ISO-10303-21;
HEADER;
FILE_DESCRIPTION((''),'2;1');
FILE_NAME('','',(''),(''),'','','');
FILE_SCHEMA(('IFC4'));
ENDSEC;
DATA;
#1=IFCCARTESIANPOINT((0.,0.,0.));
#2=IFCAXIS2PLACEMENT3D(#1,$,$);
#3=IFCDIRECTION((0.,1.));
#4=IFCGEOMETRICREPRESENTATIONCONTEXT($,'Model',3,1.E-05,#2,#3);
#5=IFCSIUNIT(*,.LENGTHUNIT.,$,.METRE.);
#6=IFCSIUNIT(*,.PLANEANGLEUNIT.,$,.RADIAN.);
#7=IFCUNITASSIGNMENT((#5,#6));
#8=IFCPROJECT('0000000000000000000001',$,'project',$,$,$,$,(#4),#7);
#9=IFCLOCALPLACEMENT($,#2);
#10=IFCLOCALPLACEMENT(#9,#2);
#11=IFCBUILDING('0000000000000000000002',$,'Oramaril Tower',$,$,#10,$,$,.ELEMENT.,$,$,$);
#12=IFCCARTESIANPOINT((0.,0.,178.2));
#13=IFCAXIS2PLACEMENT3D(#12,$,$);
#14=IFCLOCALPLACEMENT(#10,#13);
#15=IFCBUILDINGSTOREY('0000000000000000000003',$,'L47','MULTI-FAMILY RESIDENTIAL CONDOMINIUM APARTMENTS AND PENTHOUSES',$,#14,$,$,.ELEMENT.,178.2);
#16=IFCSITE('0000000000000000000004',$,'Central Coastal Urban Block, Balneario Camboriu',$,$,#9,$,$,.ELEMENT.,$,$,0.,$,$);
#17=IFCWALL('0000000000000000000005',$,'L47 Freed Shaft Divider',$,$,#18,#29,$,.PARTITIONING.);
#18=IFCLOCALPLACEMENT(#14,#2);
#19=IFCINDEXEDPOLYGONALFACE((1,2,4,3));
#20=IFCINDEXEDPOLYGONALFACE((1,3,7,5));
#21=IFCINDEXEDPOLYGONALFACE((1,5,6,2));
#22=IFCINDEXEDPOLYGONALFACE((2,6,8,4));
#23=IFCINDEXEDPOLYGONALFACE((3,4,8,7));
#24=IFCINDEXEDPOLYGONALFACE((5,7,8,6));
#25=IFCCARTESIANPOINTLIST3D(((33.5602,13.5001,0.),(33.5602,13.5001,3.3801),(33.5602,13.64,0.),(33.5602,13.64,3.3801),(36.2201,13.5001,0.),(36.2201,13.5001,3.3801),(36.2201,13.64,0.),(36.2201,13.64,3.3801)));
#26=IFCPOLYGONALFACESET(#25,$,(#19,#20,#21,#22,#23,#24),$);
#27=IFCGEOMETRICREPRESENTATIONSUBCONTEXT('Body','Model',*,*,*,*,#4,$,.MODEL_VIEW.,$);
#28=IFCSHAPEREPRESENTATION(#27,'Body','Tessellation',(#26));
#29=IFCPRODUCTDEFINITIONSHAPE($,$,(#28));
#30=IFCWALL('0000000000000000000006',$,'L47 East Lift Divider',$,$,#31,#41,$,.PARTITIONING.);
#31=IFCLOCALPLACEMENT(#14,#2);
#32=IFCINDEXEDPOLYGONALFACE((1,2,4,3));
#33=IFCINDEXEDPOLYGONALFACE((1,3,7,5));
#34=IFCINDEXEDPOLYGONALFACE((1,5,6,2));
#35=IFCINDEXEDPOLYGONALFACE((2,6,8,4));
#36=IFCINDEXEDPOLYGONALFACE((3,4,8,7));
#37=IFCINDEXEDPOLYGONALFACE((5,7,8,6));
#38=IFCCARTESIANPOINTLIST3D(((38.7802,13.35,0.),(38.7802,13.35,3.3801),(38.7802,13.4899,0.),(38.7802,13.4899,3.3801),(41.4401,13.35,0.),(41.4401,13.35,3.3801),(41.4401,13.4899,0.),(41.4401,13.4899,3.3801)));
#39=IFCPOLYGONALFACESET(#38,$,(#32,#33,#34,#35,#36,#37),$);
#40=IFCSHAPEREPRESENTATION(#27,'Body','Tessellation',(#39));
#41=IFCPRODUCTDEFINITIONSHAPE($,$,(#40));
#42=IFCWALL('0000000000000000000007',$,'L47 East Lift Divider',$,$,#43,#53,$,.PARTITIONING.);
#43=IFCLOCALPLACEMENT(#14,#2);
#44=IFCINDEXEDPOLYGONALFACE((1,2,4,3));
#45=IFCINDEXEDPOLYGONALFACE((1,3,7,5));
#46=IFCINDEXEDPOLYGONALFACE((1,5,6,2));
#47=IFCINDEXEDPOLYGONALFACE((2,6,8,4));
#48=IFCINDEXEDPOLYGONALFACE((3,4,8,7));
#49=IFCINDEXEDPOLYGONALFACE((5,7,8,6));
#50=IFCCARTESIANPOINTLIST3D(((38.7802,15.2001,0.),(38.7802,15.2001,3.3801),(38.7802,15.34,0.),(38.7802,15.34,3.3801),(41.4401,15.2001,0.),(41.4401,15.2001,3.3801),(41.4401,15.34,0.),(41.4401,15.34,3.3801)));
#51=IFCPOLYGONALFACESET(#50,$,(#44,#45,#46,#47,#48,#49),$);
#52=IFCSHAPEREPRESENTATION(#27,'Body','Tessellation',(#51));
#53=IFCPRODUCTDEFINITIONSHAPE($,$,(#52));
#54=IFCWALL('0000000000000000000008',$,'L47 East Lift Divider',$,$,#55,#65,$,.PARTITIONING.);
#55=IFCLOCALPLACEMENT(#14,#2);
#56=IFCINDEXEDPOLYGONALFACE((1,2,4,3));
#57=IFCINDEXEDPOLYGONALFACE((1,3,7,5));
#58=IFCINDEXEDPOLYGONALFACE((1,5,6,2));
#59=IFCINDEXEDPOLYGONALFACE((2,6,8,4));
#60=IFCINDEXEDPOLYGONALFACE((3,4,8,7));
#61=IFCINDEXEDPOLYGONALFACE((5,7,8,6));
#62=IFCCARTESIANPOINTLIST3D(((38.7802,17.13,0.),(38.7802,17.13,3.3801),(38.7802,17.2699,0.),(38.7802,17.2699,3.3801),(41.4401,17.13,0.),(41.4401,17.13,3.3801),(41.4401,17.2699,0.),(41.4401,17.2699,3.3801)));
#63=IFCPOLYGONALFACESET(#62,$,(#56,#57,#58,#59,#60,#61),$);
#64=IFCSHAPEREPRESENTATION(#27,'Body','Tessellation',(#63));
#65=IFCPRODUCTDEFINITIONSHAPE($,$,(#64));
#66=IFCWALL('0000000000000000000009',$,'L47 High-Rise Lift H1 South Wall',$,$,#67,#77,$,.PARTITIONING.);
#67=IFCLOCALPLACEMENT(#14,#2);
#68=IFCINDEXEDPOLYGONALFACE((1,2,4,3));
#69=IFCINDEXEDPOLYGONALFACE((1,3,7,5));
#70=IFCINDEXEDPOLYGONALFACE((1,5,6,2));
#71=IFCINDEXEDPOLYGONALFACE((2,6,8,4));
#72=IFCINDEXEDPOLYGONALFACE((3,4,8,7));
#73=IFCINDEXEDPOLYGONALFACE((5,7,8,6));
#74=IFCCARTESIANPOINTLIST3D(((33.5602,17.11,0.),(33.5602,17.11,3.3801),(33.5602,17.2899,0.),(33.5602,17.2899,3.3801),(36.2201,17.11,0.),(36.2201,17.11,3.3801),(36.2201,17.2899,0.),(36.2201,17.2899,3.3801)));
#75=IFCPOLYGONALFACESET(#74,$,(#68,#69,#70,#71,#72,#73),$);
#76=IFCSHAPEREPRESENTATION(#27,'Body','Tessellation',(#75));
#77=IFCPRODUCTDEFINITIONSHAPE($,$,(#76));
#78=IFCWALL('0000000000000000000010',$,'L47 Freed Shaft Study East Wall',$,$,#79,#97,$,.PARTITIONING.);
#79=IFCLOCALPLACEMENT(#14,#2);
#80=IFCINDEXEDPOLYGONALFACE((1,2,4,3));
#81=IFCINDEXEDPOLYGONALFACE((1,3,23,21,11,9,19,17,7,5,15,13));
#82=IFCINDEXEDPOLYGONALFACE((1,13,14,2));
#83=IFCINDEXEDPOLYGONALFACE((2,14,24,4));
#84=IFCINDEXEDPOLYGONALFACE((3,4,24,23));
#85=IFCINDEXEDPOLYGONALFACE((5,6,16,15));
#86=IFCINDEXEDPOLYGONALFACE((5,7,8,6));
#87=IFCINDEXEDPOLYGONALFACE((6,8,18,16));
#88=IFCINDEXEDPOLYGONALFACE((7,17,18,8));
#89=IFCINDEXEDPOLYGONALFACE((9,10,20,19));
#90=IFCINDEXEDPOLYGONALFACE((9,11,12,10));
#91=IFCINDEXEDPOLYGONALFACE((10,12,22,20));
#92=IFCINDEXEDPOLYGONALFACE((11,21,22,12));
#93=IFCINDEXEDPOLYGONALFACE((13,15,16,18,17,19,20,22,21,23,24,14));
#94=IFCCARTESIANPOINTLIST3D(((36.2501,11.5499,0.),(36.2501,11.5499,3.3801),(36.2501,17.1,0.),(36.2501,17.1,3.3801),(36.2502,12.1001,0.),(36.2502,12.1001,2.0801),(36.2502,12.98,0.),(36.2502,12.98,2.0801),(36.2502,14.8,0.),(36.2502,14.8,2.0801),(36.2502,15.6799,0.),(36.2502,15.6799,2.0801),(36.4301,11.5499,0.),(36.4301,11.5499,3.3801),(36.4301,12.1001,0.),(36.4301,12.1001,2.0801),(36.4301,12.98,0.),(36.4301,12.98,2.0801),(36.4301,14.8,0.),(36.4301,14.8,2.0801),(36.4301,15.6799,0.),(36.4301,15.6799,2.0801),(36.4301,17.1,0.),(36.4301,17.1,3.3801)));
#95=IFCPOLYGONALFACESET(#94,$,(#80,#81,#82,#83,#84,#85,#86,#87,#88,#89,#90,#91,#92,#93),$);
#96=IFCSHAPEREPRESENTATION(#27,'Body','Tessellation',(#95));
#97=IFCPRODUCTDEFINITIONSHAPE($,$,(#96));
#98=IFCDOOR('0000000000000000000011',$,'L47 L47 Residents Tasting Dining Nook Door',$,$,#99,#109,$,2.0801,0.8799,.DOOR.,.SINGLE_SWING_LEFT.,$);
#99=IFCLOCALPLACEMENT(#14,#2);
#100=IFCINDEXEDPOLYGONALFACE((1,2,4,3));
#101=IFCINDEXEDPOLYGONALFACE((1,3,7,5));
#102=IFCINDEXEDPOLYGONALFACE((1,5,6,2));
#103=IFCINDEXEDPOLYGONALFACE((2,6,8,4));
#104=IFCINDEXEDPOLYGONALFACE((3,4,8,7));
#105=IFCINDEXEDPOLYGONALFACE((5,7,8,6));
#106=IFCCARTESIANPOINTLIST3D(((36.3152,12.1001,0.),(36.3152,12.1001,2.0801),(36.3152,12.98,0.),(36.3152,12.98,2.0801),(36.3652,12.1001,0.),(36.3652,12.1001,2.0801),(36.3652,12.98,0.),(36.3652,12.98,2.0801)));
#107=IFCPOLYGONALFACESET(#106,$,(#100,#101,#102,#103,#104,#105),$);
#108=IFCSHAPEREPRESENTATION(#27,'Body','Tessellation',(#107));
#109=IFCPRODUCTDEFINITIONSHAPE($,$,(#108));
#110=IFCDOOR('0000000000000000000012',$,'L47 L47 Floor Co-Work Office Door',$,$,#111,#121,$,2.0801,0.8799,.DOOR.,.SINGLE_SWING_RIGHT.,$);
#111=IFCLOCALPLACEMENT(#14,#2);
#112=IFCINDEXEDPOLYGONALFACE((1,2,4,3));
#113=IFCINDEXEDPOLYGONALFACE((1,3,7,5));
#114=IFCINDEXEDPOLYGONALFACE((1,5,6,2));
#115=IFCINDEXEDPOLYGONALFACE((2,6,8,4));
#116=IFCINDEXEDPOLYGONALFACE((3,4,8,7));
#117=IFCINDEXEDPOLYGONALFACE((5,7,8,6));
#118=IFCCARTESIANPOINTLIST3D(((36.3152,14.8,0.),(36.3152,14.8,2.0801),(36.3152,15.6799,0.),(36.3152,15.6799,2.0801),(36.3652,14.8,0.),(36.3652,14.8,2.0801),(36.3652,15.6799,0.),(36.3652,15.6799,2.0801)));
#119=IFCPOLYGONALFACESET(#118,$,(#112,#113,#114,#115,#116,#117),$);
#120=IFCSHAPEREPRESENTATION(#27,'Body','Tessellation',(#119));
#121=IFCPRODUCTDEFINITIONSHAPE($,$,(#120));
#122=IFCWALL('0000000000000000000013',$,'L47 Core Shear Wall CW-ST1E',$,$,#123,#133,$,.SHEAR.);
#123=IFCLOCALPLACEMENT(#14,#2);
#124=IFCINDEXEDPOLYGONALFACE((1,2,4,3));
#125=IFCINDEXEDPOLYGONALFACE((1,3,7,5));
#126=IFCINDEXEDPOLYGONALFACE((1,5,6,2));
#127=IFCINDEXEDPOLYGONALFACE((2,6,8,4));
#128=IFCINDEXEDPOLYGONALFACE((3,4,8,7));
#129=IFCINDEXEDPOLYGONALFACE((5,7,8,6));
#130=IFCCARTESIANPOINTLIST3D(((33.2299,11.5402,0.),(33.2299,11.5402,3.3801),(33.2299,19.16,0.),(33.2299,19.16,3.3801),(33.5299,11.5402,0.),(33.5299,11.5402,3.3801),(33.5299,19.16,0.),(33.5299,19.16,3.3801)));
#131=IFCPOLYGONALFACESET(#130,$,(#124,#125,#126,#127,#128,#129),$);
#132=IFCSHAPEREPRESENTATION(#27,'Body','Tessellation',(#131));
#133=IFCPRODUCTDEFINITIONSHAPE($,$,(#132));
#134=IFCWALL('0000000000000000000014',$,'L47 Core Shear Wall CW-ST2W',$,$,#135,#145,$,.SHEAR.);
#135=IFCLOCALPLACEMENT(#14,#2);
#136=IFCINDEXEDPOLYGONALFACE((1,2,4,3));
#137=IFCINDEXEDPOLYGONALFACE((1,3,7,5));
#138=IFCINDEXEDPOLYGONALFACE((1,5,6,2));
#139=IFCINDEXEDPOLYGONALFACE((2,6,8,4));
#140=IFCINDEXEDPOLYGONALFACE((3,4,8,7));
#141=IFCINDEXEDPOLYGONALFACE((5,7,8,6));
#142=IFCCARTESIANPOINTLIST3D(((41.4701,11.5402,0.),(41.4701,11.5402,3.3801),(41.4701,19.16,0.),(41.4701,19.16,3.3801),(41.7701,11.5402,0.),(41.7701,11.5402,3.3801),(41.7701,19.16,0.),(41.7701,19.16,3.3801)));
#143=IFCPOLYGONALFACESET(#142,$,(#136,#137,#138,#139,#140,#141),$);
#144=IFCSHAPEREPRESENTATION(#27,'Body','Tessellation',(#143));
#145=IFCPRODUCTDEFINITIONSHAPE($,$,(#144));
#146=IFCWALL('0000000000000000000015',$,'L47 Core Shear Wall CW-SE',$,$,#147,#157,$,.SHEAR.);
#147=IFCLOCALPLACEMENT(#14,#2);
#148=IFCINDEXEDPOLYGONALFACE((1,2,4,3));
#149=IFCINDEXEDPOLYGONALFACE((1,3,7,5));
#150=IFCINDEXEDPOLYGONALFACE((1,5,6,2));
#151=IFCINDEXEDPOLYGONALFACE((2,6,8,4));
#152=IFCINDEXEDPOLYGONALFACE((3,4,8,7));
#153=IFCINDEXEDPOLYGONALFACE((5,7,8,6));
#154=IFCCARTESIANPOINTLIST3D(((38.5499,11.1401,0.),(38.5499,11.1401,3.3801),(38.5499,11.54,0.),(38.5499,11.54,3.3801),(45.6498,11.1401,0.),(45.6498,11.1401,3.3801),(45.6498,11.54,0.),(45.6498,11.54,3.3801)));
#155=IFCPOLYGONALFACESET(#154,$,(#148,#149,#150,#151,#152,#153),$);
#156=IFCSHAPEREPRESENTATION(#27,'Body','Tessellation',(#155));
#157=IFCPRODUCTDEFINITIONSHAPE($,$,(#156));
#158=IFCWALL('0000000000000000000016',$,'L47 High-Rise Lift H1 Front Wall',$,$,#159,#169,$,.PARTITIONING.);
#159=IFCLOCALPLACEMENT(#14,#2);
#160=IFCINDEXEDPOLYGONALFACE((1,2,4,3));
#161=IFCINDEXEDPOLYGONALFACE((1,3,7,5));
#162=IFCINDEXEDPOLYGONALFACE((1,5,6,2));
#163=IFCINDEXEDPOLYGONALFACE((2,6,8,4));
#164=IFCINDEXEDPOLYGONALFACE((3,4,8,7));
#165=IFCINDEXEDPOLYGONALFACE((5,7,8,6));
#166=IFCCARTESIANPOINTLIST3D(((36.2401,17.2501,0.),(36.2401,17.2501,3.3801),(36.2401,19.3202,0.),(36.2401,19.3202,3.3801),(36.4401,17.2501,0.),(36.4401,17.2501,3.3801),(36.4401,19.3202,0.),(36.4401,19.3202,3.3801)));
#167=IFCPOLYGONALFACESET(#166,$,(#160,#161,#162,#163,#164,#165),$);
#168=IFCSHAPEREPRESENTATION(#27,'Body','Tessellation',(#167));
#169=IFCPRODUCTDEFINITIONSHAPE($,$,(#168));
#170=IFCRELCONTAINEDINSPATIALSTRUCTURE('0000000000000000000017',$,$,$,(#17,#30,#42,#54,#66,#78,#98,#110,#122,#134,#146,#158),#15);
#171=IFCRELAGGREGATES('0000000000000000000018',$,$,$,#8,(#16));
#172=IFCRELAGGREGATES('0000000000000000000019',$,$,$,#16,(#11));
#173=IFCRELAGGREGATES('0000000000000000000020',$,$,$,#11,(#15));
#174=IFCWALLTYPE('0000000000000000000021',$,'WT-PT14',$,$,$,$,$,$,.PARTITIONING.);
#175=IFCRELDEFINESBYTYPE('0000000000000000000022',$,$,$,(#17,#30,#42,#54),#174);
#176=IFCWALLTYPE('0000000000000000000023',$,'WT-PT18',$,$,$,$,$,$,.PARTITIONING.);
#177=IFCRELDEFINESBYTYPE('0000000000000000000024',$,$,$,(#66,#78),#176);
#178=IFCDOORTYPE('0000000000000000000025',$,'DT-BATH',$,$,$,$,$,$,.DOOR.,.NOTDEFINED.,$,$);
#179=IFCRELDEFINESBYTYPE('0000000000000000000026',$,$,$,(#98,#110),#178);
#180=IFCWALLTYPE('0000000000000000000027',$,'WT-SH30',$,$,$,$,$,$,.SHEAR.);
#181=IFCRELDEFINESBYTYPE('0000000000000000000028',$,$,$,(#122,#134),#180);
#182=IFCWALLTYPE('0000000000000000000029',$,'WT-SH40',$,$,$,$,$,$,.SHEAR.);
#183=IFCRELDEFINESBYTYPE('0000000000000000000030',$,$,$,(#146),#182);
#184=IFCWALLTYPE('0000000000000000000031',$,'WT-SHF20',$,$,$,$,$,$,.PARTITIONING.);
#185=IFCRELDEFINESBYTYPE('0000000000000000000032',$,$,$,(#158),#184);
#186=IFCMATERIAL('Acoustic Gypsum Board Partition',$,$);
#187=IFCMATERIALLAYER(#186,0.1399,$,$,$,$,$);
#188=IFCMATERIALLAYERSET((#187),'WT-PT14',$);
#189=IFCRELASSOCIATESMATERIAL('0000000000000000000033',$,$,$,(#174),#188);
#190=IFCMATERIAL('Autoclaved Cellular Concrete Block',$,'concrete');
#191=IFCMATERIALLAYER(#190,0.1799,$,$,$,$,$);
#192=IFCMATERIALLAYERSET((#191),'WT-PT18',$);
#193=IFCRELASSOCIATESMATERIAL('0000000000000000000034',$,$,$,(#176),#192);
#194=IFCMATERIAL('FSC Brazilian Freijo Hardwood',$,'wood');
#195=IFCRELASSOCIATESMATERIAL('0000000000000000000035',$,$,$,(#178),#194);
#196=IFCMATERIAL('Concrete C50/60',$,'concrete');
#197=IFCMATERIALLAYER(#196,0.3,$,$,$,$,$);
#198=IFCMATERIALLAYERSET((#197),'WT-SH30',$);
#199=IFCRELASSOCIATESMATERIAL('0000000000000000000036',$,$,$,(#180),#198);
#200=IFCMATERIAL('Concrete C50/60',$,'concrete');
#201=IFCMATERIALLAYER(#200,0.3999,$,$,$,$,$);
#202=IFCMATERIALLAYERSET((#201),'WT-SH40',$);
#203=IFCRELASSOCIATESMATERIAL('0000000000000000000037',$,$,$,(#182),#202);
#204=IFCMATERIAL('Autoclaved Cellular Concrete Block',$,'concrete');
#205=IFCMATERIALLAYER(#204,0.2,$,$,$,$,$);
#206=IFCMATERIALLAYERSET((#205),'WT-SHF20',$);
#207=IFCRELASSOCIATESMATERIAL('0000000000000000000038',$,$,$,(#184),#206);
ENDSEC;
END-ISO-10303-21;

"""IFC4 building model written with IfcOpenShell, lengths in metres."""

from ifc_helpers import new_model, si_unit, direction, frame, frame_2d, origin, place, context, subcontext, project, spatial, rectangle, extrude, material, layer, layer_set, type_object, element, fill, save


model = new_model("IFC4")

# Units and contexts
model_context = context("Model", 3, precision=1e-05, world=origin(), true_north=direction((0.0, 1.0)))
body_context = subcontext(model_context, "Body", "Model", "MODEL_VIEW")
ifc_project = project(units=[si_unit("LENGTHUNIT", "METRE"), si_unit("PLANEANGLEUNIT", "RADIAN")], contexts=[model_context])

# Site, building, storey
site_placement = place(None, origin())
site = spatial("IfcSite", under=ifc_project, at=site_placement, Name="Central Coastal Urban Block, Balneario Camboriu", CompositionType="ELEMENT", RefElevation=0.0)
building_placement = place(site_placement, origin())
building = spatial("IfcBuilding", under=site, at=building_placement, Name="Oramaril Tower", CompositionType="ELEMENT")
storey_placement = place(building_placement, frame((0.0, 0.0, 178.2)))
storey = spatial("IfcBuildingStorey", under=building, at=storey_placement, Name="L47", Description="MULTI-FAMILY RESIDENTIAL CONDOMINIUM APARTMENTS AND PENTHOUSES", CompositionType="ELEMENT", Elevation=178.2)

# Walls
ifc_material_1 = material(Name="Acoustic Gypsum Board Partition")
ifc_layer_1 = layer(ifc_material_1, 0.1399)
ifc_layer_set_1 = layer_set([ifc_layer_1], Name="WT-PT14")
wall_type_1 = type_object("IfcWallType", Name="WT-PT14", PredefinedType="PARTITIONING", material=ifc_layer_set_1)
for number, where, z_axis, x_axis, name in (
    (1, (33.5601, 13.5701, 0.0), (0.0, 0.0, 1.0), (1.0, 0.0, 0.0), "L47 Freed Shaft Divider"),
    (2, (38.78, 13.4199, 0.0), (0.0, 0.0, 1.0), (1.0, 0.0, 0.0), "L47 East Lift Divider"),
    (3, (38.78, 15.27, 0.0), (0.0, 0.0, 1.0), (1.0, 0.0, 0.0), "L47 East Lift Divider"),
    (4, (38.78, 17.2, 0.0), (0.0, 0.0, 1.0), (1.0, 0.0, 0.0), "L47 East Lift Divider"),
):
    element("IfcWall", number, at=place(storey_placement, frame(where, z_axis=z_axis, x_axis=x_axis)), inside=storey, type_object=wall_type_1, Name=name, PredefinedType="PARTITIONING", context=body_context, shape_type="SweptSolid", body=[
        extrude(rectangle(XDim=2.6599, YDim=0.1399, at=frame_2d((1.3301, 0.0))), origin(), (0.0, 0.0, 1.0), 3.3801),
    ])
ifc_material_2 = material(Name="Autoclaved Cellular Concrete Block", Category="concrete")
ifc_layer_2 = layer(ifc_material_2, 0.1799)
ifc_layer_set_2 = layer_set([ifc_layer_2], Name="WT-PT18")
wall_type_2 = type_object("IfcWallType", Name="WT-PT18", PredefinedType="PARTITIONING", material=ifc_layer_set_2)
wall_1_placement = place(storey_placement, frame((33.5601, 17.2, 0.0), z_axis=(0.0, 0.0, 1.0), x_axis=(1.0, 0.0, 0.0)))
element("IfcWall", 5, at=wall_1_placement, inside=storey, type_object=wall_type_2, Name="L47 High-Rise Lift H1 South Wall", PredefinedType="PARTITIONING", context=body_context, shape_type="SweptSolid", body=[
    extrude(rectangle(XDim=2.6599, YDim=0.1799, at=frame_2d((1.3301, 0.0))), origin(), (0.0, 0.0, 1.0), 3.3801),
])

# Wall, openings, doors
wall_2_placement = place(storey_placement, frame((36.3401, 11.55, 0.0), z_axis=(0.0, 0.0, 1.0), x_axis=(0.0, 1.0, 0.0)))
wall_2 = element("IfcWall", 6, at=wall_2_placement, inside=storey, type_object=wall_type_2, Name="L47 Freed Shaft Study East Wall", PredefinedType="PARTITIONING", context=body_context, shape_type="SweptSolid", body=[
    extrude(rectangle(XDim=5.55, YDim=0.1799, at=frame_2d((2.7749, 0.0))), origin(), (0.0, 0.0, 1.0), 3.3801),
])
opening_1_placement = place(wall_2_placement, frame((0.55, 0.0, 0.0)))
opening_1 = element("IfcOpeningElement", 7, at=opening_1_placement, cuts=wall_2, PredefinedType="OPENING", context=body_context, shape_type="SweptSolid", body=[
    extrude(rectangle(XDim=0.8799, YDim=2.0801, at=frame_2d((0.4399, 1.04))), frame((0.0, 0.0898, 0.0), z_axis=(0.0, -1.0, 0.0), x_axis=(1.0, 0.0, 0.0)), (0.0, 0.0, 1.0), 0.1799),
])
opening_2_placement = place(wall_2_placement, frame((3.25, 0.0, 0.0)))
opening_2 = element("IfcOpeningElement", 8, at=opening_2_placement, cuts=wall_2, PredefinedType="OPENING", context=body_context, shape_type="SweptSolid", body=[
    extrude(rectangle(XDim=0.8799, YDim=2.0801, at=frame_2d((0.4399, 1.04))), frame((0.0, 0.0898, 0.0), z_axis=(0.0, -1.0, 0.0), x_axis=(1.0, 0.0, 0.0)), (0.0, 0.0, 1.0), 0.1799),
])
ifc_material_3 = material(Name="FSC Brazilian Freijo Hardwood", Category="wood")
door_type_1 = type_object("IfcDoorType", Name="DT-BATH", OperationType="NOTDEFINED", PredefinedType="DOOR", material=ifc_material_3)
door_1_placement = place(opening_1_placement, origin())
door_1 = element("IfcDoor", 9, at=door_1_placement, inside=storey, type_object=door_type_1, Name="L47 L47 Residents Tasting Dining Nook Door", OperationType="SINGLE_SWING_LEFT", OverallHeight=2.0801, OverallWidth=0.8799, PredefinedType="DOOR", context=body_context, shape_type="SweptSolid", body=[
    extrude(rectangle(XDim=0.8799, YDim=2.0801, at=frame_2d((0.4399, 1.04))), frame((0.0, 0.0249, 0.0), z_axis=(0.0, -1.0, 0.0), x_axis=(1.0, 0.0, 0.0)), (0.0, 0.0, 1.0), 0.05),
])
fill(opening_1, door_1)
door_2_placement = place(opening_2_placement, origin())
door_2 = element("IfcDoor", 10, at=door_2_placement, inside=storey, type_object=door_type_1, Name="L47 L47 Floor Co-Work Office Door", OperationType="SINGLE_SWING_RIGHT", OverallHeight=2.0801, OverallWidth=0.8799, PredefinedType="DOOR", context=body_context, shape_type="SweptSolid", body=[
    extrude(rectangle(XDim=0.8799, YDim=2.0801, at=frame_2d((0.4399, 1.04))), frame((0.0, 0.0249, 0.0), z_axis=(0.0, -1.0, 0.0), x_axis=(1.0, 0.0, 0.0)), (0.0, 0.0, 1.0), 0.05),
])
fill(opening_2, door_2)

# Walls
ifc_material_4 = material(Name="Concrete C50/60", Category="concrete")
ifc_layer_3 = layer(ifc_material_4, 0.3)
ifc_layer_set_3 = layer_set([ifc_layer_3], Name="WT-SH30")
wall_type_3 = type_object("IfcWallType", Name="WT-SH30", PredefinedType="SHEAR", material=ifc_layer_set_3)
for number, where, z_axis, x_axis, name in (
    (11, (33.3799, 11.54, 0.0), (0.0, 0.0, 1.0), (0.0, 1.0, 0.0), "L47 Core Shear Wall CW-ST1E"),
    (12, (41.6201, 11.54, 0.0), (0.0, 0.0, 1.0), (0.0, 1.0, 0.0), "L47 Core Shear Wall CW-ST2W"),
):
    element("IfcWall", number, at=place(storey_placement, frame(where, z_axis=z_axis, x_axis=x_axis)), inside=storey, type_object=wall_type_3, Name=name, PredefinedType="SHEAR", context=body_context, shape_type="SweptSolid", body=[
        extrude(rectangle(XDim=7.6199, YDim=0.3, at=frame_2d((3.8101, 0.0))), origin(), (0.0, 0.0, 1.0), 3.3801),
    ])
ifc_material_5 = material(Name="Concrete C50/60", Category="concrete")
ifc_layer_4 = layer(ifc_material_5, 0.3999)
ifc_layer_set_4 = layer_set([ifc_layer_4], Name="WT-SH40")
wall_type_4 = type_object("IfcWallType", Name="WT-SH40", PredefinedType="SHEAR", material=ifc_layer_set_4)
wall_3_placement = place(storey_placement, frame((38.55, 11.3401, 0.0), z_axis=(0.0, 0.0, 1.0), x_axis=(1.0, 0.0, 0.0)))
element("IfcWall", 13, at=wall_3_placement, inside=storey, type_object=wall_type_4, Name="L47 Core Shear Wall CW-SE", PredefinedType="SHEAR", context=body_context, shape_type="SweptSolid", body=[
    extrude(rectangle(XDim=7.0999, YDim=0.3999, at=frame_2d((3.5498, 0.0))), origin(), (0.0, 0.0, 1.0), 3.3801),
])
ifc_material_6 = material(Name="Autoclaved Cellular Concrete Block", Category="concrete")
ifc_layer_5 = layer(ifc_material_6, 0.2)
ifc_layer_set_5 = layer_set([ifc_layer_5], Name="WT-SHF20")
wall_type_5 = type_object("IfcWallType", Name="WT-SHF20", PredefinedType="PARTITIONING", material=ifc_layer_set_5)
wall_4_placement = place(storey_placement, frame((36.3401, 17.25, 0.0), z_axis=(0.0, 0.0, 1.0), x_axis=(0.0, 1.0, 0.0)))
element("IfcWall", 14, at=wall_4_placement, inside=storey, type_object=wall_type_5, Name="L47 High-Rise Lift H1 Front Wall", PredefinedType="PARTITIONING", context=body_context, shape_type="SweptSolid", body=[
    extrude(rectangle(XDim=2.0701, YDim=0.2, at=frame_2d((1.0352, 0.0))), origin(), (0.0, 0.0, 1.0), 3.3801),
])

save(model, "model.ifc")
